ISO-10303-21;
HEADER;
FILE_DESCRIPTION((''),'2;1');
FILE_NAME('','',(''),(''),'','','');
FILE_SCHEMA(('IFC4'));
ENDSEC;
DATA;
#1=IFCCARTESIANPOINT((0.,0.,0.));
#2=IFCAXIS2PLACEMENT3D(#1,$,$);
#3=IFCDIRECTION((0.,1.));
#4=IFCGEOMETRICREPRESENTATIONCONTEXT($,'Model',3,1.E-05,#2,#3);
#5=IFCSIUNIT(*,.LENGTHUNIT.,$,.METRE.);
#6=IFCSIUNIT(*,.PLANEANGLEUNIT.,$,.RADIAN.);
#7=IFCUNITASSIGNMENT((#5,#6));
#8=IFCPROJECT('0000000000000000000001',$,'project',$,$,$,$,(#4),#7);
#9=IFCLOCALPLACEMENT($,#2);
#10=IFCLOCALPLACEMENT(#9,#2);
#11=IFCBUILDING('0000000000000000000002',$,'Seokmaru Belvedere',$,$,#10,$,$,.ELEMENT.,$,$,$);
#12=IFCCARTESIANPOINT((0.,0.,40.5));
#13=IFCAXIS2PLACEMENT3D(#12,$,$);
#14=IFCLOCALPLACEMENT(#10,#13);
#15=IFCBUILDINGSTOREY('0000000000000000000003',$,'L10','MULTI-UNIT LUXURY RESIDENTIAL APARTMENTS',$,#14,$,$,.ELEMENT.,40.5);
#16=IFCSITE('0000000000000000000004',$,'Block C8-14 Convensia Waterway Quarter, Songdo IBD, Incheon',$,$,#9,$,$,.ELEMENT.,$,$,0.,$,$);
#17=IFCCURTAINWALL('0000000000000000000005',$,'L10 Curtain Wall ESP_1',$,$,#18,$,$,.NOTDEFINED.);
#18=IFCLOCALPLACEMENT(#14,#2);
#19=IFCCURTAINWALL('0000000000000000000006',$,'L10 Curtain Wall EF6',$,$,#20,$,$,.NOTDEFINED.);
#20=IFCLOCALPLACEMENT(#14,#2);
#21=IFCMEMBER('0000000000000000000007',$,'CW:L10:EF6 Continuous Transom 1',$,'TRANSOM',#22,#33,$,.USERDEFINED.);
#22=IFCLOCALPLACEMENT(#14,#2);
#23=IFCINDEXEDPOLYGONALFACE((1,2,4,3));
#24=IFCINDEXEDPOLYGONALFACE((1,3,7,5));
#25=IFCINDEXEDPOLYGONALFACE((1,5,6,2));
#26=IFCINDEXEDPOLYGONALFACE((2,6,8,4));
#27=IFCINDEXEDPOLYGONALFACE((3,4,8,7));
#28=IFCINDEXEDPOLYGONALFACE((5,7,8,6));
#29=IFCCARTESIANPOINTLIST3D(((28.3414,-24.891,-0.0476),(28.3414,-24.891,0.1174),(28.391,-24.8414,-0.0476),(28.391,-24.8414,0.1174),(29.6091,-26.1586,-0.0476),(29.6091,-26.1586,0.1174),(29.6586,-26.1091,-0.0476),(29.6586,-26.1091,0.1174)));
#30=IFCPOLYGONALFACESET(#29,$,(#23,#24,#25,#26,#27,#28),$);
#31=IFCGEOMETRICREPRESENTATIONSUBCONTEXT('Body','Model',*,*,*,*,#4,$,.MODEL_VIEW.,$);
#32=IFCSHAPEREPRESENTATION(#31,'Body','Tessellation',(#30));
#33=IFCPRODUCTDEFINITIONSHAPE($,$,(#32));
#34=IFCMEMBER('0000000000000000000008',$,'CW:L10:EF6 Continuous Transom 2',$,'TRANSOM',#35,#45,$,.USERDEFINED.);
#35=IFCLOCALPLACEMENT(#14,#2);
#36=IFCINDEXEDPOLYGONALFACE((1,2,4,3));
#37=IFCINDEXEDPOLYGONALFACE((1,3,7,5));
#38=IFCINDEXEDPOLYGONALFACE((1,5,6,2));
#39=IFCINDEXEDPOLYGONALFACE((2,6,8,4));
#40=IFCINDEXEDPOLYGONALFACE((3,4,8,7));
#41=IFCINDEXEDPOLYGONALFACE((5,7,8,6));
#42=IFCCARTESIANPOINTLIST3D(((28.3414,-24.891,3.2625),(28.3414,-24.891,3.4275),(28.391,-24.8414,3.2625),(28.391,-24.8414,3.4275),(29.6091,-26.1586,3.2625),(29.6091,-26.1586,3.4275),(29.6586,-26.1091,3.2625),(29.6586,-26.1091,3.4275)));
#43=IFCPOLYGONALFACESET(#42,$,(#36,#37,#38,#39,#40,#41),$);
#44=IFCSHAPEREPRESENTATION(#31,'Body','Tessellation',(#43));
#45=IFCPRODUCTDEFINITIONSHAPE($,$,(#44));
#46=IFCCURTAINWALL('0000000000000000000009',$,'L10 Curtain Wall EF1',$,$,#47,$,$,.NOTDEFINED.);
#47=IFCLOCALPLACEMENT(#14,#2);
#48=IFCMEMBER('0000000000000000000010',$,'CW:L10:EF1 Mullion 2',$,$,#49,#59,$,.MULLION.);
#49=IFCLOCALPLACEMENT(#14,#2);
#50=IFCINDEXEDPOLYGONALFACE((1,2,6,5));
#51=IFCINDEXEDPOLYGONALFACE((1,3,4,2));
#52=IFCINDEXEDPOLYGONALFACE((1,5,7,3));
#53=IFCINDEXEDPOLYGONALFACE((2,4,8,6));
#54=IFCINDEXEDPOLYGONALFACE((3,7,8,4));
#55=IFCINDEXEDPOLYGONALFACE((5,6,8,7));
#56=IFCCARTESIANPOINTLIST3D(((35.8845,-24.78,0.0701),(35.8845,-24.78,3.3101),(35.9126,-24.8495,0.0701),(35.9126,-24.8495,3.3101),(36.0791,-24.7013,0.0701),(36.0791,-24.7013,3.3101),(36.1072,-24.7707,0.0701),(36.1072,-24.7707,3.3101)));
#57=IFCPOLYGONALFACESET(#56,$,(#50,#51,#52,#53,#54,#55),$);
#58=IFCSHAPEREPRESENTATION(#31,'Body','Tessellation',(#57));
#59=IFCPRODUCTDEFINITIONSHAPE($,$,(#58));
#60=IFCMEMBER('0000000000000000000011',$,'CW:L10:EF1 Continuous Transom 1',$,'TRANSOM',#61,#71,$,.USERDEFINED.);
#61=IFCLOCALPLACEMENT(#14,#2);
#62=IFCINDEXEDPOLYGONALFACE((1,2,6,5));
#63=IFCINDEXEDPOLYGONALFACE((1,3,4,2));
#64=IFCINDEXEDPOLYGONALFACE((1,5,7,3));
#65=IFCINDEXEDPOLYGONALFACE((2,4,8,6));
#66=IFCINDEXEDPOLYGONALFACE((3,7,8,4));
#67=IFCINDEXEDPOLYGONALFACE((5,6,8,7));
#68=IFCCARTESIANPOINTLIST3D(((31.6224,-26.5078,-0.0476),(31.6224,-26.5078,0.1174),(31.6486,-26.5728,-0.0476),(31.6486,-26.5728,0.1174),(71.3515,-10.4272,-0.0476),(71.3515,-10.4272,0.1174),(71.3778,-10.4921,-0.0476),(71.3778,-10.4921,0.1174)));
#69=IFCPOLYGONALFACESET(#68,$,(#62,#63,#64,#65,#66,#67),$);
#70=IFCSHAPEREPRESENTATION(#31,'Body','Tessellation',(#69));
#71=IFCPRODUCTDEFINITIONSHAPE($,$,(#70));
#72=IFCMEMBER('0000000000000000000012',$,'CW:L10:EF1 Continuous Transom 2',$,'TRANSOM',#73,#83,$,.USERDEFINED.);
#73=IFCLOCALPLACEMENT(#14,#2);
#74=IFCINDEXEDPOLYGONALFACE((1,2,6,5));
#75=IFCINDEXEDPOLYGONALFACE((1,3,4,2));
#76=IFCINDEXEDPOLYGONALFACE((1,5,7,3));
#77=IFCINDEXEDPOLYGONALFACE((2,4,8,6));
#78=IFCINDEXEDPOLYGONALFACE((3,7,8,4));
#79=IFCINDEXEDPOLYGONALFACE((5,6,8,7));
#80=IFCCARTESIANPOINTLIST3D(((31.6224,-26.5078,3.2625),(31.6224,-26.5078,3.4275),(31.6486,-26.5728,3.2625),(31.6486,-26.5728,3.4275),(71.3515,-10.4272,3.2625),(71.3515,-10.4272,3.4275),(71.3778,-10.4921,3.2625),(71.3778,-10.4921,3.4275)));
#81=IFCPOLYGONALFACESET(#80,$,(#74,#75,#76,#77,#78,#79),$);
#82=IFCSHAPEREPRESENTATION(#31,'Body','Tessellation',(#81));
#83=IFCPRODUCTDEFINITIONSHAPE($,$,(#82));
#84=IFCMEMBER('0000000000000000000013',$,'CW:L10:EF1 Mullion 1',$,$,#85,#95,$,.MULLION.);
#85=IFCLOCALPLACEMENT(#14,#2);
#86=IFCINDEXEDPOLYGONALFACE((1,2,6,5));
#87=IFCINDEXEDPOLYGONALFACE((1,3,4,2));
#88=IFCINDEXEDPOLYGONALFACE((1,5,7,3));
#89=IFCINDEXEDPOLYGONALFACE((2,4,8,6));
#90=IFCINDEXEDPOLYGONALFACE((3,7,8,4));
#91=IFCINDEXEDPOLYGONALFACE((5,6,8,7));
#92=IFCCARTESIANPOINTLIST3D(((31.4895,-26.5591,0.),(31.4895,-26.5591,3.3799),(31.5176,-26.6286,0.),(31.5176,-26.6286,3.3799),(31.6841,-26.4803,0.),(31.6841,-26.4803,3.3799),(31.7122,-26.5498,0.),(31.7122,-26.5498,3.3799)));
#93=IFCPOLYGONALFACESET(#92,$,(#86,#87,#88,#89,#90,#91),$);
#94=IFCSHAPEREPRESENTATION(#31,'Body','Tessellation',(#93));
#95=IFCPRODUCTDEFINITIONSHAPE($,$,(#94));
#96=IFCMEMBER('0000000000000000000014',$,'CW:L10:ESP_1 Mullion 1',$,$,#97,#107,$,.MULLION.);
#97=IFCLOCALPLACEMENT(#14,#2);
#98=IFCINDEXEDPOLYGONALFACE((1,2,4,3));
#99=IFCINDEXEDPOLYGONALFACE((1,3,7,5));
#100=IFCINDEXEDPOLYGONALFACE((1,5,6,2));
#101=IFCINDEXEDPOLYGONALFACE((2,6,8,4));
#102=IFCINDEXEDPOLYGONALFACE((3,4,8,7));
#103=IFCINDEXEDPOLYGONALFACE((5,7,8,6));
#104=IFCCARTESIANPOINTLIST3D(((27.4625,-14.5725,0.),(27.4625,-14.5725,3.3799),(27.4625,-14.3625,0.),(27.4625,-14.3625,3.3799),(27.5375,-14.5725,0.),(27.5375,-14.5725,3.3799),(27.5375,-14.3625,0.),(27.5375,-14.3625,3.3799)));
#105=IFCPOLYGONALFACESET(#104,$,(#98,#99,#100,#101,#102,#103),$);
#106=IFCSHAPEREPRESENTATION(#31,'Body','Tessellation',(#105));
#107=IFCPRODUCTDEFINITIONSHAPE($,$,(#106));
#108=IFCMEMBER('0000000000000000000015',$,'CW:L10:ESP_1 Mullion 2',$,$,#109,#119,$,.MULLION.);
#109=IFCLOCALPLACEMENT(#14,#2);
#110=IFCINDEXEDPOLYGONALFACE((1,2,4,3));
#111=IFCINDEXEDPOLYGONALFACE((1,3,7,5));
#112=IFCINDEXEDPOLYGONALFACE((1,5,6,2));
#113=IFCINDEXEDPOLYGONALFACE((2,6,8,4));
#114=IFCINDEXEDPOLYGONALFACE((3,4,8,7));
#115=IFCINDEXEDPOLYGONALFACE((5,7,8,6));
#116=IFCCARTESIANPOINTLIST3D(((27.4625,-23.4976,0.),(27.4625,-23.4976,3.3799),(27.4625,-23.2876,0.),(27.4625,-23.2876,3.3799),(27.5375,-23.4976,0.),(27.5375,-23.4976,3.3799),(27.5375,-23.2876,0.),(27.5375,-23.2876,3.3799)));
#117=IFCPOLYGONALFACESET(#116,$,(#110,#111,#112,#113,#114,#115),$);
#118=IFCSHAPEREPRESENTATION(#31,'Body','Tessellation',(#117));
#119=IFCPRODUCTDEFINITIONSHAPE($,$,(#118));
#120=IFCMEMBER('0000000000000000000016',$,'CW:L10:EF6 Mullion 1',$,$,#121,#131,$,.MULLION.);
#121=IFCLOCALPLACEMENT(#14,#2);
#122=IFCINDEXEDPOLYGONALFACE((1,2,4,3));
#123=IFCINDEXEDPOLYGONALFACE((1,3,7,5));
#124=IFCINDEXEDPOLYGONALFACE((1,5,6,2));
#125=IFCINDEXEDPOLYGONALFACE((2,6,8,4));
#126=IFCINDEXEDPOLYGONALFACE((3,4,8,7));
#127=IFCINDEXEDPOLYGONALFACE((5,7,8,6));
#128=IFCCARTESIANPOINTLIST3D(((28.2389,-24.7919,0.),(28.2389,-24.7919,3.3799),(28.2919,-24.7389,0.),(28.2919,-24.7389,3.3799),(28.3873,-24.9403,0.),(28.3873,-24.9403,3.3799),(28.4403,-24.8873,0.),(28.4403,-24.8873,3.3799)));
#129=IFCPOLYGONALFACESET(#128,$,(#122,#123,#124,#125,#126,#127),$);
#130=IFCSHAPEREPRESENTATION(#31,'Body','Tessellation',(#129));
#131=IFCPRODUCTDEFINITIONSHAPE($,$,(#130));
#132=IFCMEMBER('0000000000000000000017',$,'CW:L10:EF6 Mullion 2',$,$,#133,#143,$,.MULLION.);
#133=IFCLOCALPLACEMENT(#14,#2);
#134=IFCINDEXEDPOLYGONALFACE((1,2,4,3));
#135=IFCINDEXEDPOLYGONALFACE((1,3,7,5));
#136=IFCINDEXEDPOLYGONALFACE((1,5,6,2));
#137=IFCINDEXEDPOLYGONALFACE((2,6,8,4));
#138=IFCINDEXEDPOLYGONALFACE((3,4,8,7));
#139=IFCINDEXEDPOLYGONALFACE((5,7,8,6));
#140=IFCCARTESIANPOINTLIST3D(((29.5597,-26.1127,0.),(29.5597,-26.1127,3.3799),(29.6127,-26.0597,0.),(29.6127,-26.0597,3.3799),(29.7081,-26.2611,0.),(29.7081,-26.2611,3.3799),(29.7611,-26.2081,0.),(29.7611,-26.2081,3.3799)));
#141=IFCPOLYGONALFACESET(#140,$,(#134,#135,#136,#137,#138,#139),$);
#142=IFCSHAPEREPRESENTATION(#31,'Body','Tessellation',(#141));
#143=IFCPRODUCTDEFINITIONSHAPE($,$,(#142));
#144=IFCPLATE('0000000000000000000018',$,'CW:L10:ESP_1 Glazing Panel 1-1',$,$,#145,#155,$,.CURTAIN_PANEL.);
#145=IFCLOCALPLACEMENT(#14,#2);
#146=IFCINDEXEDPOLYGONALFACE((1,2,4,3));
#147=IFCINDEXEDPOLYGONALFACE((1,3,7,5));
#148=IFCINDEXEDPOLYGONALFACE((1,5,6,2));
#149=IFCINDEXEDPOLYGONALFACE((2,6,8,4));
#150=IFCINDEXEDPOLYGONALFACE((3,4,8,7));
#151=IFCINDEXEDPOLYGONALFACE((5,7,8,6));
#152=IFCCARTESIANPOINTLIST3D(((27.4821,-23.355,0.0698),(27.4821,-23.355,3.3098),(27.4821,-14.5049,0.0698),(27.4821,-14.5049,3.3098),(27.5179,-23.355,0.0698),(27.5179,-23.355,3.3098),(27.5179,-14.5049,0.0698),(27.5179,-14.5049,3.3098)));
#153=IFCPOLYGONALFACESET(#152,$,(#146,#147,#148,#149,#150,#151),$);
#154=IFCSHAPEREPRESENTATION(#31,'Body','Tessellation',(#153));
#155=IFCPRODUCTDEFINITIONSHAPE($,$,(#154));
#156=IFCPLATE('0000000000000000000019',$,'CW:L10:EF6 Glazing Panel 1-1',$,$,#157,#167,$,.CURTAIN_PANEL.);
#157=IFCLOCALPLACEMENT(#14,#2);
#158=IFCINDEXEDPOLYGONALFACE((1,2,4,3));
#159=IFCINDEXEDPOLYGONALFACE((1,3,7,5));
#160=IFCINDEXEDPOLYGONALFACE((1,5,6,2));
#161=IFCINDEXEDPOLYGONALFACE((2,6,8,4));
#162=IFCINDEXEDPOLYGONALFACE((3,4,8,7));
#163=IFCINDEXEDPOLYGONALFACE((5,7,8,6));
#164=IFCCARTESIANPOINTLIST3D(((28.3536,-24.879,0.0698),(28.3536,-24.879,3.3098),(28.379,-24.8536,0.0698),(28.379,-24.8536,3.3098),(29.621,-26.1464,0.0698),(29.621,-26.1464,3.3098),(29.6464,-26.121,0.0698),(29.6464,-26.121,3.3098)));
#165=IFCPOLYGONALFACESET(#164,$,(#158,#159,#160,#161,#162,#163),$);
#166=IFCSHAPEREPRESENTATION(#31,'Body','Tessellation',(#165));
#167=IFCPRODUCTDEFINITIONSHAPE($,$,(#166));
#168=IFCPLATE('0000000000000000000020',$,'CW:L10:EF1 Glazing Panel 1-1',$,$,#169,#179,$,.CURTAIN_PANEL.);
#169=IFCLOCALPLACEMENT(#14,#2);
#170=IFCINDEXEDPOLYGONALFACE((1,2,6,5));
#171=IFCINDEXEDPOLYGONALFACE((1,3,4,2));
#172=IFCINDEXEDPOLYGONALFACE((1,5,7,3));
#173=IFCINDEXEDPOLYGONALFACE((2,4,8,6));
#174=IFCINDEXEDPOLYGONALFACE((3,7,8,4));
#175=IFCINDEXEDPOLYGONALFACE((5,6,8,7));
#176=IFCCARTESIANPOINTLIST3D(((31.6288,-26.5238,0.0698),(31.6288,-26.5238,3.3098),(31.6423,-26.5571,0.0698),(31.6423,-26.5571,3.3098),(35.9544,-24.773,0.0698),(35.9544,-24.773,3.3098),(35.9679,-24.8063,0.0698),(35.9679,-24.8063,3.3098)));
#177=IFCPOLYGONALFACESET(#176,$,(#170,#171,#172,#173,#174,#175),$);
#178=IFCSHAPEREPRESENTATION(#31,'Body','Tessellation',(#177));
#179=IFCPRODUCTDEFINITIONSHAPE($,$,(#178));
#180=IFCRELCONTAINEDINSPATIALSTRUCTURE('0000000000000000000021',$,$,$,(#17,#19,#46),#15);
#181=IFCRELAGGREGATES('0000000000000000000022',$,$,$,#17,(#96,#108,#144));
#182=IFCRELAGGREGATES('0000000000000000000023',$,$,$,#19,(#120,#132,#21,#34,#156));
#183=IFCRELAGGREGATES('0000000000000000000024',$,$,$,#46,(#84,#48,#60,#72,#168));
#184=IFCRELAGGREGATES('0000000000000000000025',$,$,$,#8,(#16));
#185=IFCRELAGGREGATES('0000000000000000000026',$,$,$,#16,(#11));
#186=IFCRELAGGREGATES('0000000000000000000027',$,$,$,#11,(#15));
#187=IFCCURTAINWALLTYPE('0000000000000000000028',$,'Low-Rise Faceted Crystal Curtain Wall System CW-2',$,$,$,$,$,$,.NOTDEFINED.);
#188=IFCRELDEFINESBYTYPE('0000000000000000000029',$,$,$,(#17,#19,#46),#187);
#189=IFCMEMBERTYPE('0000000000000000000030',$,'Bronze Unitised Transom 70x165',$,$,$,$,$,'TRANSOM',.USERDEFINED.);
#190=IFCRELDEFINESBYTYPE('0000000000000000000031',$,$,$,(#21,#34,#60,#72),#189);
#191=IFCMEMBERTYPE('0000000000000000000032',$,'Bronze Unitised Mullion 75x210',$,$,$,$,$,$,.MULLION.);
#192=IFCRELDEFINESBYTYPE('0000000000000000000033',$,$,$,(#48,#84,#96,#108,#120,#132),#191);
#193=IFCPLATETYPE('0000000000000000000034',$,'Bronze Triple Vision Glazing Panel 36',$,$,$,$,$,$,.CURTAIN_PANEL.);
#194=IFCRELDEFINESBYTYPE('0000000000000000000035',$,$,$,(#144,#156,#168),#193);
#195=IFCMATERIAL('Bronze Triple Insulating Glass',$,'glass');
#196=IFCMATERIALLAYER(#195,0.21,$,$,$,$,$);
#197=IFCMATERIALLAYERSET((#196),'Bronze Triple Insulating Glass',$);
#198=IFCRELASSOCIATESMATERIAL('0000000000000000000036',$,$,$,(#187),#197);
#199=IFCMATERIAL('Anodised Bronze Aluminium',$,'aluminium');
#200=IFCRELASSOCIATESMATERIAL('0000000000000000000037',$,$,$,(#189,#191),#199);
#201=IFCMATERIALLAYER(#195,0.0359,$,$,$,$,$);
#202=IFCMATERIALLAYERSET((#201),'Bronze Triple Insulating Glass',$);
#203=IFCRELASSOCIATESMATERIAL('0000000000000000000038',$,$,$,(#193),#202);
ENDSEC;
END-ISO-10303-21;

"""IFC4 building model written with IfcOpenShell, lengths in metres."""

from ifc_helpers import new_model, si_unit, direction, frame, origin, origin_2d, place, context, subcontext, project, spatial, rectangle, extrude, source, transform, mapped, material, layer, layer_set, material_profile, profile_set, type_object, type_shapes, element, aggregate, save


model = new_model("IFC4")

# Units and contexts
model_context = context("Model", 3, precision=1e-05, world=origin(), true_north=direction((0.0, 1.0)))
body_context = subcontext(model_context, "Body", "Model", "MODEL_VIEW")
ifc_project = project(units=[si_unit("LENGTHUNIT", "METRE"), si_unit("PLANEANGLEUNIT", "RADIAN")], contexts=[model_context])

# Site, building, storey
site_placement = place(None, origin())
site = spatial("IfcSite", under=ifc_project, at=site_placement, Name="Block C8-14 Convensia Waterway Quarter, Songdo IBD, Incheon", CompositionType="ELEMENT", RefElevation=0.0)
building_placement = place(site_placement, origin())
building = spatial("IfcBuilding", under=site, at=building_placement, Name="Seokmaru Belvedere", CompositionType="ELEMENT")
storey_placement = place(building_placement, frame((0.0, 0.0, 40.5)))
storey = spatial("IfcBuildingStorey", under=building, at=storey_placement, Name="L10", Description="MULTI-UNIT LUXURY RESIDENTIAL APARTMENTS", CompositionType="ELEMENT", Elevation=40.5)

# Curtain walls, members
ifc_material_1 = material(Name="Bronze Triple Insulating Glass", Category="glass")
ifc_layer_1 = layer(ifc_material_1, 0.21)
ifc_layer_set_1 = layer_set([ifc_layer_1], Name="Bronze Triple Insulating Glass")
curtain_wall_type = type_object("IfcCurtainWallType", Name="Low-Rise Faceted Crystal Curtain Wall System CW-2", PredefinedType="NOTDEFINED", material=ifc_layer_set_1)
curtain_wall_1_placement = place(storey_placement, origin())
curtain_wall_1 = element("IfcCurtainWall", 1, at=curtain_wall_1_placement, inside=storey, type_object=curtain_wall_type, Name="L10 Curtain Wall ESP_1", PredefinedType="NOTDEFINED")
ifc_material_2 = material(Name="Anodised Bronze Aluminium", Category="aluminium")
ifc_material_profile_1 = material_profile(ifc_material_2, rectangle(XDim=0.0701, YDim=0.165, at=origin_2d()), Name="CW-T-70x165")
ifc_profile_set_1 = profile_set([ifc_material_profile_1], Name="Anodised Bronze Aluminium")
member_type_1 = type_object("IfcMemberType", Name="Bronze Unitised Transom 70x165", ElementType="TRANSOM", PredefinedType="USERDEFINED", material=ifc_profile_set_1)
curtain_wall_2_placement = place(storey_placement, origin())
curtain_wall_2 = element("IfcCurtainWall", 2, at=curtain_wall_2_placement, inside=storey, type_object=curtain_wall_type, Name="L10 Curtain Wall EF6", PredefinedType="NOTDEFINED")
shared_shape_1 = source(origin(), body_context, "Body", "SweptSolid", [
    extrude(rectangle(XDim=0.0701, YDim=0.165, at=origin_2d()), origin(), (0.0, 0.0, 1.0), 1.7927),
])
member_1_placement = place(storey_placement, frame((28.3662, -24.8662, 0.0349), z_axis=(0.707107, -0.707107, 0.0), x_axis=(0.707107, 0.707107, 0.0)))
member_1 = element("IfcMember", 3, at=member_1_placement, type_object=member_type_1, Name="CW:L10:EF6 Continuous Transom 1", ObjectType="TRANSOM", PredefinedType="USERDEFINED", context=body_context, shape_type="MappedRepresentation", body=[
    mapped(shared_shape_1, transform((0.0, 0.0, 0.0), scale=1.0)),
])
member_2_placement = place(storey_placement, frame((28.3662, -24.8662, 3.345), z_axis=(0.707107, -0.707107, 0.0), x_axis=(0.707107, 0.707107, 0.0)))
member_2 = element("IfcMember", 4, at=member_2_placement, type_object=member_type_1, Name="CW:L10:EF6 Continuous Transom 2", ObjectType="TRANSOM", PredefinedType="USERDEFINED", context=body_context, shape_type="MappedRepresentation", body=[
    mapped(shared_shape_1, transform((0.0, 0.0, 0.0), scale=1.0)),
])
curtain_wall_3_placement = place(storey_placement, origin())
curtain_wall_3 = element("IfcCurtainWall", 5, at=curtain_wall_3_placement, inside=storey, type_object=curtain_wall_type, Name="L10 Curtain Wall EF1", PredefinedType="NOTDEFINED")
ifc_material_profile_2 = material_profile(ifc_material_2, rectangle(XDim=0.075, YDim=0.21, at=origin_2d()), Name="CW-M-75x210")
ifc_profile_set_2 = profile_set([ifc_material_profile_2], Name="Anodised Bronze Aluminium")
member_type_2 = type_object("IfcMemberType", Name="Bronze Unitised Mullion 75x210", PredefinedType="MULLION", material=ifc_profile_set_2)
shared_shape_2 = source(origin(), body_context, "Body", "SweptSolid", [
    extrude(rectangle(XDim=0.075, YDim=0.21, at=origin_2d()), origin(), (0.0, 0.0, 1.0), 3.24),
])
member_3_placement = place(storey_placement, frame((35.9958, -24.7754, 0.0701), z_axis=(0.0, 0.0, 1.0), x_axis=(-0.375192, 0.926947, 0.0)))
member_3 = element("IfcMember", 6, at=member_3_placement, type_object=member_type_2, Name="CW:L10:EF1 Mullion 2", PredefinedType="MULLION", context=body_context, shape_type="MappedRepresentation", body=[
    mapped(shared_shape_2, transform((0.0, 0.0, 0.0), scale=1.0)),
])
shared_shape_3 = source(origin(), body_context, "Body", "SweptSolid", [
    extrude(rectangle(XDim=0.0701, YDim=0.165, at=origin_2d()), origin(), (0.0, 0.0, 1.0), 42.8601),
])
member_4_placement = place(storey_placement, frame((31.6355, -26.5403, 0.0349), z_axis=(0.926949, 0.375188, 0.0), x_axis=(-0.375188, 0.926949, 0.0)))
member_4 = element("IfcMember", 7, at=member_4_placement, type_object=member_type_1, Name="CW:L10:EF1 Continuous Transom 1", ObjectType="TRANSOM", PredefinedType="USERDEFINED", context=body_context, shape_type="MappedRepresentation", body=[
    mapped(shared_shape_3, transform((0.0, 0.0, 0.0), scale=1.0)),
])
member_5_placement = place(storey_placement, frame((31.6355, -26.5403, 3.345), z_axis=(0.926949, 0.375188, 0.0), x_axis=(-0.375188, 0.926949, 0.0)))
member_5 = element("IfcMember", 8, at=member_5_placement, type_object=member_type_1, Name="CW:L10:EF1 Continuous Transom 2", ObjectType="TRANSOM", PredefinedType="USERDEFINED", context=body_context, shape_type="MappedRepresentation", body=[
    mapped(shared_shape_3, transform((0.0, 0.0, 0.0), scale=1.0)),
])
shared_shape_4 = source(origin(), body_context, "Body", "SweptSolid", [
    extrude(rectangle(XDim=0.075, YDim=0.21, at=origin_2d()), origin(), (0.0, 0.0, 1.0), 3.3799),
])
type_shapes(member_type_2, [shared_shape_2, shared_shape_4])
member_6_placement = place(storey_placement, frame((31.6008, -26.5544, 0.0), z_axis=(0.0, 0.0, 1.0), x_axis=(-0.375192, 0.926947, 0.0)))
member_6 = element("IfcMember", 9, at=member_6_placement, type_object=member_type_2, Name="CW:L10:EF1 Mullion 1", PredefinedType="MULLION", context=body_context, shape_type="MappedRepresentation", body=[
    mapped(shared_shape_4, transform((0.0, 0.0, 0.0), scale=1.0)),
])

# Members
member_7_placement = place(storey_placement, frame((27.5, -14.4675, 0.0), z_axis=(0.0, 0.0, 1.0), x_axis=(1.0, 0.0, 0.0)))
member_7 = element("IfcMember", 10, at=member_7_placement, type_object=member_type_2, Name="CW:L10:ESP_1 Mullion 1", PredefinedType="MULLION", context=body_context, shape_type="MappedRepresentation", body=[
    mapped(shared_shape_4, transform((0.0, 0.0, 0.0), scale=1.0)),
])
member_8_placement = place(storey_placement, frame((27.5, -23.3926, 0.0), z_axis=(0.0, 0.0, 1.0), x_axis=(1.0, 0.0, 0.0)))
member_8 = element("IfcMember", 11, at=member_8_placement, type_object=member_type_2, Name="CW:L10:ESP_1 Mullion 2", PredefinedType="MULLION", context=body_context, shape_type="MappedRepresentation", body=[
    mapped(shared_shape_4, transform((0.0, 0.0, 0.0), scale=1.0)),
])
member_9_placement = place(storey_placement, frame((28.3396, -24.8396, 0.0), z_axis=(0.0, 0.0, 1.0), x_axis=(0.707107, 0.707107, 0.0)))
member_9 = element("IfcMember", 12, at=member_9_placement, type_object=member_type_2, Name="CW:L10:EF6 Mullion 1", PredefinedType="MULLION", context=body_context, shape_type="MappedRepresentation", body=[
    mapped(shared_shape_4, transform((0.0, 0.0, 0.0), scale=1.0)),
])
member_10_placement = place(storey_placement, frame((29.6604, -26.1604, 0.0), z_axis=(0.0, 0.0, 1.0), x_axis=(0.707107, 0.707107, 0.0)))
member_10 = element("IfcMember", 13, at=member_10_placement, type_object=member_type_2, Name="CW:L10:EF6 Mullion 2", PredefinedType="MULLION", context=body_context, shape_type="MappedRepresentation", body=[
    mapped(shared_shape_4, transform((0.0, 0.0, 0.0), scale=1.0)),
])

# Plates
ifc_layer_2 = layer(ifc_material_1, 0.0359)
ifc_layer_set_2 = layer_set([ifc_layer_2], Name="Bronze Triple Insulating Glass")
plate_type = type_object("IfcPlateType", Name="Bronze Triple Vision Glazing Panel 36", PredefinedType="CURTAIN_PANEL", material=ifc_layer_set_2)
shared_shape_5 = source(origin(), body_context, "Body", "SweptSolid", [
    extrude(rectangle(XDim=8.8501, YDim=0.0359, at=origin_2d()), origin(), (0.0, 0.0, 1.0), 3.24),
])
plate_1_placement = place(storey_placement, frame((27.5, -18.9299, 0.0698), z_axis=(0.0, 0.0, 1.0), x_axis=(0.0, -1.0, 0.0)))
plate_1 = element("IfcPlate", 14, at=plate_1_placement, type_object=plate_type, Name="CW:L10:ESP_1 Glazing Panel 1-1", PredefinedType="CURTAIN_PANEL", context=body_context, shape_type="MappedRepresentation", body=[
    mapped(shared_shape_5, transform((0.0, 0.0, 0.0), scale=1.0)),
])
aggregate(curtain_wall_1, [member_7, member_8, plate_1])
shared_shape_6 = source(origin(), body_context, "Body", "SweptSolid", [
    extrude(rectangle(XDim=1.7925, YDim=0.0359, at=origin_2d()), origin(), (0.0, 0.0, 1.0), 3.24),
])
plate_2_placement = place(storey_placement, frame((29.0, -25.5, 0.0698), z_axis=(0.0, 0.0, 1.0), x_axis=(0.707107, -0.707107, 0.0)))
plate_2 = element("IfcPlate", 15, at=plate_2_placement, type_object=plate_type, Name="CW:L10:EF6 Glazing Panel 1-1", PredefinedType="CURTAIN_PANEL", context=body_context, shape_type="MappedRepresentation", body=[
    mapped(shared_shape_6, transform((0.0, 0.0, 0.0), scale=1.0)),
])
aggregate(curtain_wall_2, [member_9, member_10, member_1, member_2, plate_2])
shared_shape_7 = source(origin(), body_context, "Body", "SweptSolid", [
    extrude(rectangle(XDim=4.6665, YDim=0.0359, at=origin_2d()), origin(), (0.0, 0.0, 1.0), 3.24),
])
plate_3_placement = place(storey_placement, frame((33.7983, -25.665, 0.0698), z_axis=(0.0, 0.0, 1.0), x_axis=(0.926947, 0.375192, 0.0)))
plate_3 = element("IfcPlate", 16, at=plate_3_placement, type_object=plate_type, Name="CW:L10:EF1 Glazing Panel 1-1", PredefinedType="CURTAIN_PANEL", context=body_context, shape_type="MappedRepresentation", body=[
    mapped(shared_shape_7, transform((0.0, 0.0, 0.0), scale=1.0)),
])
aggregate(curtain_wall_3, [member_6, member_3, member_4, member_5, plate_3])

save(model, "model.ifc")
